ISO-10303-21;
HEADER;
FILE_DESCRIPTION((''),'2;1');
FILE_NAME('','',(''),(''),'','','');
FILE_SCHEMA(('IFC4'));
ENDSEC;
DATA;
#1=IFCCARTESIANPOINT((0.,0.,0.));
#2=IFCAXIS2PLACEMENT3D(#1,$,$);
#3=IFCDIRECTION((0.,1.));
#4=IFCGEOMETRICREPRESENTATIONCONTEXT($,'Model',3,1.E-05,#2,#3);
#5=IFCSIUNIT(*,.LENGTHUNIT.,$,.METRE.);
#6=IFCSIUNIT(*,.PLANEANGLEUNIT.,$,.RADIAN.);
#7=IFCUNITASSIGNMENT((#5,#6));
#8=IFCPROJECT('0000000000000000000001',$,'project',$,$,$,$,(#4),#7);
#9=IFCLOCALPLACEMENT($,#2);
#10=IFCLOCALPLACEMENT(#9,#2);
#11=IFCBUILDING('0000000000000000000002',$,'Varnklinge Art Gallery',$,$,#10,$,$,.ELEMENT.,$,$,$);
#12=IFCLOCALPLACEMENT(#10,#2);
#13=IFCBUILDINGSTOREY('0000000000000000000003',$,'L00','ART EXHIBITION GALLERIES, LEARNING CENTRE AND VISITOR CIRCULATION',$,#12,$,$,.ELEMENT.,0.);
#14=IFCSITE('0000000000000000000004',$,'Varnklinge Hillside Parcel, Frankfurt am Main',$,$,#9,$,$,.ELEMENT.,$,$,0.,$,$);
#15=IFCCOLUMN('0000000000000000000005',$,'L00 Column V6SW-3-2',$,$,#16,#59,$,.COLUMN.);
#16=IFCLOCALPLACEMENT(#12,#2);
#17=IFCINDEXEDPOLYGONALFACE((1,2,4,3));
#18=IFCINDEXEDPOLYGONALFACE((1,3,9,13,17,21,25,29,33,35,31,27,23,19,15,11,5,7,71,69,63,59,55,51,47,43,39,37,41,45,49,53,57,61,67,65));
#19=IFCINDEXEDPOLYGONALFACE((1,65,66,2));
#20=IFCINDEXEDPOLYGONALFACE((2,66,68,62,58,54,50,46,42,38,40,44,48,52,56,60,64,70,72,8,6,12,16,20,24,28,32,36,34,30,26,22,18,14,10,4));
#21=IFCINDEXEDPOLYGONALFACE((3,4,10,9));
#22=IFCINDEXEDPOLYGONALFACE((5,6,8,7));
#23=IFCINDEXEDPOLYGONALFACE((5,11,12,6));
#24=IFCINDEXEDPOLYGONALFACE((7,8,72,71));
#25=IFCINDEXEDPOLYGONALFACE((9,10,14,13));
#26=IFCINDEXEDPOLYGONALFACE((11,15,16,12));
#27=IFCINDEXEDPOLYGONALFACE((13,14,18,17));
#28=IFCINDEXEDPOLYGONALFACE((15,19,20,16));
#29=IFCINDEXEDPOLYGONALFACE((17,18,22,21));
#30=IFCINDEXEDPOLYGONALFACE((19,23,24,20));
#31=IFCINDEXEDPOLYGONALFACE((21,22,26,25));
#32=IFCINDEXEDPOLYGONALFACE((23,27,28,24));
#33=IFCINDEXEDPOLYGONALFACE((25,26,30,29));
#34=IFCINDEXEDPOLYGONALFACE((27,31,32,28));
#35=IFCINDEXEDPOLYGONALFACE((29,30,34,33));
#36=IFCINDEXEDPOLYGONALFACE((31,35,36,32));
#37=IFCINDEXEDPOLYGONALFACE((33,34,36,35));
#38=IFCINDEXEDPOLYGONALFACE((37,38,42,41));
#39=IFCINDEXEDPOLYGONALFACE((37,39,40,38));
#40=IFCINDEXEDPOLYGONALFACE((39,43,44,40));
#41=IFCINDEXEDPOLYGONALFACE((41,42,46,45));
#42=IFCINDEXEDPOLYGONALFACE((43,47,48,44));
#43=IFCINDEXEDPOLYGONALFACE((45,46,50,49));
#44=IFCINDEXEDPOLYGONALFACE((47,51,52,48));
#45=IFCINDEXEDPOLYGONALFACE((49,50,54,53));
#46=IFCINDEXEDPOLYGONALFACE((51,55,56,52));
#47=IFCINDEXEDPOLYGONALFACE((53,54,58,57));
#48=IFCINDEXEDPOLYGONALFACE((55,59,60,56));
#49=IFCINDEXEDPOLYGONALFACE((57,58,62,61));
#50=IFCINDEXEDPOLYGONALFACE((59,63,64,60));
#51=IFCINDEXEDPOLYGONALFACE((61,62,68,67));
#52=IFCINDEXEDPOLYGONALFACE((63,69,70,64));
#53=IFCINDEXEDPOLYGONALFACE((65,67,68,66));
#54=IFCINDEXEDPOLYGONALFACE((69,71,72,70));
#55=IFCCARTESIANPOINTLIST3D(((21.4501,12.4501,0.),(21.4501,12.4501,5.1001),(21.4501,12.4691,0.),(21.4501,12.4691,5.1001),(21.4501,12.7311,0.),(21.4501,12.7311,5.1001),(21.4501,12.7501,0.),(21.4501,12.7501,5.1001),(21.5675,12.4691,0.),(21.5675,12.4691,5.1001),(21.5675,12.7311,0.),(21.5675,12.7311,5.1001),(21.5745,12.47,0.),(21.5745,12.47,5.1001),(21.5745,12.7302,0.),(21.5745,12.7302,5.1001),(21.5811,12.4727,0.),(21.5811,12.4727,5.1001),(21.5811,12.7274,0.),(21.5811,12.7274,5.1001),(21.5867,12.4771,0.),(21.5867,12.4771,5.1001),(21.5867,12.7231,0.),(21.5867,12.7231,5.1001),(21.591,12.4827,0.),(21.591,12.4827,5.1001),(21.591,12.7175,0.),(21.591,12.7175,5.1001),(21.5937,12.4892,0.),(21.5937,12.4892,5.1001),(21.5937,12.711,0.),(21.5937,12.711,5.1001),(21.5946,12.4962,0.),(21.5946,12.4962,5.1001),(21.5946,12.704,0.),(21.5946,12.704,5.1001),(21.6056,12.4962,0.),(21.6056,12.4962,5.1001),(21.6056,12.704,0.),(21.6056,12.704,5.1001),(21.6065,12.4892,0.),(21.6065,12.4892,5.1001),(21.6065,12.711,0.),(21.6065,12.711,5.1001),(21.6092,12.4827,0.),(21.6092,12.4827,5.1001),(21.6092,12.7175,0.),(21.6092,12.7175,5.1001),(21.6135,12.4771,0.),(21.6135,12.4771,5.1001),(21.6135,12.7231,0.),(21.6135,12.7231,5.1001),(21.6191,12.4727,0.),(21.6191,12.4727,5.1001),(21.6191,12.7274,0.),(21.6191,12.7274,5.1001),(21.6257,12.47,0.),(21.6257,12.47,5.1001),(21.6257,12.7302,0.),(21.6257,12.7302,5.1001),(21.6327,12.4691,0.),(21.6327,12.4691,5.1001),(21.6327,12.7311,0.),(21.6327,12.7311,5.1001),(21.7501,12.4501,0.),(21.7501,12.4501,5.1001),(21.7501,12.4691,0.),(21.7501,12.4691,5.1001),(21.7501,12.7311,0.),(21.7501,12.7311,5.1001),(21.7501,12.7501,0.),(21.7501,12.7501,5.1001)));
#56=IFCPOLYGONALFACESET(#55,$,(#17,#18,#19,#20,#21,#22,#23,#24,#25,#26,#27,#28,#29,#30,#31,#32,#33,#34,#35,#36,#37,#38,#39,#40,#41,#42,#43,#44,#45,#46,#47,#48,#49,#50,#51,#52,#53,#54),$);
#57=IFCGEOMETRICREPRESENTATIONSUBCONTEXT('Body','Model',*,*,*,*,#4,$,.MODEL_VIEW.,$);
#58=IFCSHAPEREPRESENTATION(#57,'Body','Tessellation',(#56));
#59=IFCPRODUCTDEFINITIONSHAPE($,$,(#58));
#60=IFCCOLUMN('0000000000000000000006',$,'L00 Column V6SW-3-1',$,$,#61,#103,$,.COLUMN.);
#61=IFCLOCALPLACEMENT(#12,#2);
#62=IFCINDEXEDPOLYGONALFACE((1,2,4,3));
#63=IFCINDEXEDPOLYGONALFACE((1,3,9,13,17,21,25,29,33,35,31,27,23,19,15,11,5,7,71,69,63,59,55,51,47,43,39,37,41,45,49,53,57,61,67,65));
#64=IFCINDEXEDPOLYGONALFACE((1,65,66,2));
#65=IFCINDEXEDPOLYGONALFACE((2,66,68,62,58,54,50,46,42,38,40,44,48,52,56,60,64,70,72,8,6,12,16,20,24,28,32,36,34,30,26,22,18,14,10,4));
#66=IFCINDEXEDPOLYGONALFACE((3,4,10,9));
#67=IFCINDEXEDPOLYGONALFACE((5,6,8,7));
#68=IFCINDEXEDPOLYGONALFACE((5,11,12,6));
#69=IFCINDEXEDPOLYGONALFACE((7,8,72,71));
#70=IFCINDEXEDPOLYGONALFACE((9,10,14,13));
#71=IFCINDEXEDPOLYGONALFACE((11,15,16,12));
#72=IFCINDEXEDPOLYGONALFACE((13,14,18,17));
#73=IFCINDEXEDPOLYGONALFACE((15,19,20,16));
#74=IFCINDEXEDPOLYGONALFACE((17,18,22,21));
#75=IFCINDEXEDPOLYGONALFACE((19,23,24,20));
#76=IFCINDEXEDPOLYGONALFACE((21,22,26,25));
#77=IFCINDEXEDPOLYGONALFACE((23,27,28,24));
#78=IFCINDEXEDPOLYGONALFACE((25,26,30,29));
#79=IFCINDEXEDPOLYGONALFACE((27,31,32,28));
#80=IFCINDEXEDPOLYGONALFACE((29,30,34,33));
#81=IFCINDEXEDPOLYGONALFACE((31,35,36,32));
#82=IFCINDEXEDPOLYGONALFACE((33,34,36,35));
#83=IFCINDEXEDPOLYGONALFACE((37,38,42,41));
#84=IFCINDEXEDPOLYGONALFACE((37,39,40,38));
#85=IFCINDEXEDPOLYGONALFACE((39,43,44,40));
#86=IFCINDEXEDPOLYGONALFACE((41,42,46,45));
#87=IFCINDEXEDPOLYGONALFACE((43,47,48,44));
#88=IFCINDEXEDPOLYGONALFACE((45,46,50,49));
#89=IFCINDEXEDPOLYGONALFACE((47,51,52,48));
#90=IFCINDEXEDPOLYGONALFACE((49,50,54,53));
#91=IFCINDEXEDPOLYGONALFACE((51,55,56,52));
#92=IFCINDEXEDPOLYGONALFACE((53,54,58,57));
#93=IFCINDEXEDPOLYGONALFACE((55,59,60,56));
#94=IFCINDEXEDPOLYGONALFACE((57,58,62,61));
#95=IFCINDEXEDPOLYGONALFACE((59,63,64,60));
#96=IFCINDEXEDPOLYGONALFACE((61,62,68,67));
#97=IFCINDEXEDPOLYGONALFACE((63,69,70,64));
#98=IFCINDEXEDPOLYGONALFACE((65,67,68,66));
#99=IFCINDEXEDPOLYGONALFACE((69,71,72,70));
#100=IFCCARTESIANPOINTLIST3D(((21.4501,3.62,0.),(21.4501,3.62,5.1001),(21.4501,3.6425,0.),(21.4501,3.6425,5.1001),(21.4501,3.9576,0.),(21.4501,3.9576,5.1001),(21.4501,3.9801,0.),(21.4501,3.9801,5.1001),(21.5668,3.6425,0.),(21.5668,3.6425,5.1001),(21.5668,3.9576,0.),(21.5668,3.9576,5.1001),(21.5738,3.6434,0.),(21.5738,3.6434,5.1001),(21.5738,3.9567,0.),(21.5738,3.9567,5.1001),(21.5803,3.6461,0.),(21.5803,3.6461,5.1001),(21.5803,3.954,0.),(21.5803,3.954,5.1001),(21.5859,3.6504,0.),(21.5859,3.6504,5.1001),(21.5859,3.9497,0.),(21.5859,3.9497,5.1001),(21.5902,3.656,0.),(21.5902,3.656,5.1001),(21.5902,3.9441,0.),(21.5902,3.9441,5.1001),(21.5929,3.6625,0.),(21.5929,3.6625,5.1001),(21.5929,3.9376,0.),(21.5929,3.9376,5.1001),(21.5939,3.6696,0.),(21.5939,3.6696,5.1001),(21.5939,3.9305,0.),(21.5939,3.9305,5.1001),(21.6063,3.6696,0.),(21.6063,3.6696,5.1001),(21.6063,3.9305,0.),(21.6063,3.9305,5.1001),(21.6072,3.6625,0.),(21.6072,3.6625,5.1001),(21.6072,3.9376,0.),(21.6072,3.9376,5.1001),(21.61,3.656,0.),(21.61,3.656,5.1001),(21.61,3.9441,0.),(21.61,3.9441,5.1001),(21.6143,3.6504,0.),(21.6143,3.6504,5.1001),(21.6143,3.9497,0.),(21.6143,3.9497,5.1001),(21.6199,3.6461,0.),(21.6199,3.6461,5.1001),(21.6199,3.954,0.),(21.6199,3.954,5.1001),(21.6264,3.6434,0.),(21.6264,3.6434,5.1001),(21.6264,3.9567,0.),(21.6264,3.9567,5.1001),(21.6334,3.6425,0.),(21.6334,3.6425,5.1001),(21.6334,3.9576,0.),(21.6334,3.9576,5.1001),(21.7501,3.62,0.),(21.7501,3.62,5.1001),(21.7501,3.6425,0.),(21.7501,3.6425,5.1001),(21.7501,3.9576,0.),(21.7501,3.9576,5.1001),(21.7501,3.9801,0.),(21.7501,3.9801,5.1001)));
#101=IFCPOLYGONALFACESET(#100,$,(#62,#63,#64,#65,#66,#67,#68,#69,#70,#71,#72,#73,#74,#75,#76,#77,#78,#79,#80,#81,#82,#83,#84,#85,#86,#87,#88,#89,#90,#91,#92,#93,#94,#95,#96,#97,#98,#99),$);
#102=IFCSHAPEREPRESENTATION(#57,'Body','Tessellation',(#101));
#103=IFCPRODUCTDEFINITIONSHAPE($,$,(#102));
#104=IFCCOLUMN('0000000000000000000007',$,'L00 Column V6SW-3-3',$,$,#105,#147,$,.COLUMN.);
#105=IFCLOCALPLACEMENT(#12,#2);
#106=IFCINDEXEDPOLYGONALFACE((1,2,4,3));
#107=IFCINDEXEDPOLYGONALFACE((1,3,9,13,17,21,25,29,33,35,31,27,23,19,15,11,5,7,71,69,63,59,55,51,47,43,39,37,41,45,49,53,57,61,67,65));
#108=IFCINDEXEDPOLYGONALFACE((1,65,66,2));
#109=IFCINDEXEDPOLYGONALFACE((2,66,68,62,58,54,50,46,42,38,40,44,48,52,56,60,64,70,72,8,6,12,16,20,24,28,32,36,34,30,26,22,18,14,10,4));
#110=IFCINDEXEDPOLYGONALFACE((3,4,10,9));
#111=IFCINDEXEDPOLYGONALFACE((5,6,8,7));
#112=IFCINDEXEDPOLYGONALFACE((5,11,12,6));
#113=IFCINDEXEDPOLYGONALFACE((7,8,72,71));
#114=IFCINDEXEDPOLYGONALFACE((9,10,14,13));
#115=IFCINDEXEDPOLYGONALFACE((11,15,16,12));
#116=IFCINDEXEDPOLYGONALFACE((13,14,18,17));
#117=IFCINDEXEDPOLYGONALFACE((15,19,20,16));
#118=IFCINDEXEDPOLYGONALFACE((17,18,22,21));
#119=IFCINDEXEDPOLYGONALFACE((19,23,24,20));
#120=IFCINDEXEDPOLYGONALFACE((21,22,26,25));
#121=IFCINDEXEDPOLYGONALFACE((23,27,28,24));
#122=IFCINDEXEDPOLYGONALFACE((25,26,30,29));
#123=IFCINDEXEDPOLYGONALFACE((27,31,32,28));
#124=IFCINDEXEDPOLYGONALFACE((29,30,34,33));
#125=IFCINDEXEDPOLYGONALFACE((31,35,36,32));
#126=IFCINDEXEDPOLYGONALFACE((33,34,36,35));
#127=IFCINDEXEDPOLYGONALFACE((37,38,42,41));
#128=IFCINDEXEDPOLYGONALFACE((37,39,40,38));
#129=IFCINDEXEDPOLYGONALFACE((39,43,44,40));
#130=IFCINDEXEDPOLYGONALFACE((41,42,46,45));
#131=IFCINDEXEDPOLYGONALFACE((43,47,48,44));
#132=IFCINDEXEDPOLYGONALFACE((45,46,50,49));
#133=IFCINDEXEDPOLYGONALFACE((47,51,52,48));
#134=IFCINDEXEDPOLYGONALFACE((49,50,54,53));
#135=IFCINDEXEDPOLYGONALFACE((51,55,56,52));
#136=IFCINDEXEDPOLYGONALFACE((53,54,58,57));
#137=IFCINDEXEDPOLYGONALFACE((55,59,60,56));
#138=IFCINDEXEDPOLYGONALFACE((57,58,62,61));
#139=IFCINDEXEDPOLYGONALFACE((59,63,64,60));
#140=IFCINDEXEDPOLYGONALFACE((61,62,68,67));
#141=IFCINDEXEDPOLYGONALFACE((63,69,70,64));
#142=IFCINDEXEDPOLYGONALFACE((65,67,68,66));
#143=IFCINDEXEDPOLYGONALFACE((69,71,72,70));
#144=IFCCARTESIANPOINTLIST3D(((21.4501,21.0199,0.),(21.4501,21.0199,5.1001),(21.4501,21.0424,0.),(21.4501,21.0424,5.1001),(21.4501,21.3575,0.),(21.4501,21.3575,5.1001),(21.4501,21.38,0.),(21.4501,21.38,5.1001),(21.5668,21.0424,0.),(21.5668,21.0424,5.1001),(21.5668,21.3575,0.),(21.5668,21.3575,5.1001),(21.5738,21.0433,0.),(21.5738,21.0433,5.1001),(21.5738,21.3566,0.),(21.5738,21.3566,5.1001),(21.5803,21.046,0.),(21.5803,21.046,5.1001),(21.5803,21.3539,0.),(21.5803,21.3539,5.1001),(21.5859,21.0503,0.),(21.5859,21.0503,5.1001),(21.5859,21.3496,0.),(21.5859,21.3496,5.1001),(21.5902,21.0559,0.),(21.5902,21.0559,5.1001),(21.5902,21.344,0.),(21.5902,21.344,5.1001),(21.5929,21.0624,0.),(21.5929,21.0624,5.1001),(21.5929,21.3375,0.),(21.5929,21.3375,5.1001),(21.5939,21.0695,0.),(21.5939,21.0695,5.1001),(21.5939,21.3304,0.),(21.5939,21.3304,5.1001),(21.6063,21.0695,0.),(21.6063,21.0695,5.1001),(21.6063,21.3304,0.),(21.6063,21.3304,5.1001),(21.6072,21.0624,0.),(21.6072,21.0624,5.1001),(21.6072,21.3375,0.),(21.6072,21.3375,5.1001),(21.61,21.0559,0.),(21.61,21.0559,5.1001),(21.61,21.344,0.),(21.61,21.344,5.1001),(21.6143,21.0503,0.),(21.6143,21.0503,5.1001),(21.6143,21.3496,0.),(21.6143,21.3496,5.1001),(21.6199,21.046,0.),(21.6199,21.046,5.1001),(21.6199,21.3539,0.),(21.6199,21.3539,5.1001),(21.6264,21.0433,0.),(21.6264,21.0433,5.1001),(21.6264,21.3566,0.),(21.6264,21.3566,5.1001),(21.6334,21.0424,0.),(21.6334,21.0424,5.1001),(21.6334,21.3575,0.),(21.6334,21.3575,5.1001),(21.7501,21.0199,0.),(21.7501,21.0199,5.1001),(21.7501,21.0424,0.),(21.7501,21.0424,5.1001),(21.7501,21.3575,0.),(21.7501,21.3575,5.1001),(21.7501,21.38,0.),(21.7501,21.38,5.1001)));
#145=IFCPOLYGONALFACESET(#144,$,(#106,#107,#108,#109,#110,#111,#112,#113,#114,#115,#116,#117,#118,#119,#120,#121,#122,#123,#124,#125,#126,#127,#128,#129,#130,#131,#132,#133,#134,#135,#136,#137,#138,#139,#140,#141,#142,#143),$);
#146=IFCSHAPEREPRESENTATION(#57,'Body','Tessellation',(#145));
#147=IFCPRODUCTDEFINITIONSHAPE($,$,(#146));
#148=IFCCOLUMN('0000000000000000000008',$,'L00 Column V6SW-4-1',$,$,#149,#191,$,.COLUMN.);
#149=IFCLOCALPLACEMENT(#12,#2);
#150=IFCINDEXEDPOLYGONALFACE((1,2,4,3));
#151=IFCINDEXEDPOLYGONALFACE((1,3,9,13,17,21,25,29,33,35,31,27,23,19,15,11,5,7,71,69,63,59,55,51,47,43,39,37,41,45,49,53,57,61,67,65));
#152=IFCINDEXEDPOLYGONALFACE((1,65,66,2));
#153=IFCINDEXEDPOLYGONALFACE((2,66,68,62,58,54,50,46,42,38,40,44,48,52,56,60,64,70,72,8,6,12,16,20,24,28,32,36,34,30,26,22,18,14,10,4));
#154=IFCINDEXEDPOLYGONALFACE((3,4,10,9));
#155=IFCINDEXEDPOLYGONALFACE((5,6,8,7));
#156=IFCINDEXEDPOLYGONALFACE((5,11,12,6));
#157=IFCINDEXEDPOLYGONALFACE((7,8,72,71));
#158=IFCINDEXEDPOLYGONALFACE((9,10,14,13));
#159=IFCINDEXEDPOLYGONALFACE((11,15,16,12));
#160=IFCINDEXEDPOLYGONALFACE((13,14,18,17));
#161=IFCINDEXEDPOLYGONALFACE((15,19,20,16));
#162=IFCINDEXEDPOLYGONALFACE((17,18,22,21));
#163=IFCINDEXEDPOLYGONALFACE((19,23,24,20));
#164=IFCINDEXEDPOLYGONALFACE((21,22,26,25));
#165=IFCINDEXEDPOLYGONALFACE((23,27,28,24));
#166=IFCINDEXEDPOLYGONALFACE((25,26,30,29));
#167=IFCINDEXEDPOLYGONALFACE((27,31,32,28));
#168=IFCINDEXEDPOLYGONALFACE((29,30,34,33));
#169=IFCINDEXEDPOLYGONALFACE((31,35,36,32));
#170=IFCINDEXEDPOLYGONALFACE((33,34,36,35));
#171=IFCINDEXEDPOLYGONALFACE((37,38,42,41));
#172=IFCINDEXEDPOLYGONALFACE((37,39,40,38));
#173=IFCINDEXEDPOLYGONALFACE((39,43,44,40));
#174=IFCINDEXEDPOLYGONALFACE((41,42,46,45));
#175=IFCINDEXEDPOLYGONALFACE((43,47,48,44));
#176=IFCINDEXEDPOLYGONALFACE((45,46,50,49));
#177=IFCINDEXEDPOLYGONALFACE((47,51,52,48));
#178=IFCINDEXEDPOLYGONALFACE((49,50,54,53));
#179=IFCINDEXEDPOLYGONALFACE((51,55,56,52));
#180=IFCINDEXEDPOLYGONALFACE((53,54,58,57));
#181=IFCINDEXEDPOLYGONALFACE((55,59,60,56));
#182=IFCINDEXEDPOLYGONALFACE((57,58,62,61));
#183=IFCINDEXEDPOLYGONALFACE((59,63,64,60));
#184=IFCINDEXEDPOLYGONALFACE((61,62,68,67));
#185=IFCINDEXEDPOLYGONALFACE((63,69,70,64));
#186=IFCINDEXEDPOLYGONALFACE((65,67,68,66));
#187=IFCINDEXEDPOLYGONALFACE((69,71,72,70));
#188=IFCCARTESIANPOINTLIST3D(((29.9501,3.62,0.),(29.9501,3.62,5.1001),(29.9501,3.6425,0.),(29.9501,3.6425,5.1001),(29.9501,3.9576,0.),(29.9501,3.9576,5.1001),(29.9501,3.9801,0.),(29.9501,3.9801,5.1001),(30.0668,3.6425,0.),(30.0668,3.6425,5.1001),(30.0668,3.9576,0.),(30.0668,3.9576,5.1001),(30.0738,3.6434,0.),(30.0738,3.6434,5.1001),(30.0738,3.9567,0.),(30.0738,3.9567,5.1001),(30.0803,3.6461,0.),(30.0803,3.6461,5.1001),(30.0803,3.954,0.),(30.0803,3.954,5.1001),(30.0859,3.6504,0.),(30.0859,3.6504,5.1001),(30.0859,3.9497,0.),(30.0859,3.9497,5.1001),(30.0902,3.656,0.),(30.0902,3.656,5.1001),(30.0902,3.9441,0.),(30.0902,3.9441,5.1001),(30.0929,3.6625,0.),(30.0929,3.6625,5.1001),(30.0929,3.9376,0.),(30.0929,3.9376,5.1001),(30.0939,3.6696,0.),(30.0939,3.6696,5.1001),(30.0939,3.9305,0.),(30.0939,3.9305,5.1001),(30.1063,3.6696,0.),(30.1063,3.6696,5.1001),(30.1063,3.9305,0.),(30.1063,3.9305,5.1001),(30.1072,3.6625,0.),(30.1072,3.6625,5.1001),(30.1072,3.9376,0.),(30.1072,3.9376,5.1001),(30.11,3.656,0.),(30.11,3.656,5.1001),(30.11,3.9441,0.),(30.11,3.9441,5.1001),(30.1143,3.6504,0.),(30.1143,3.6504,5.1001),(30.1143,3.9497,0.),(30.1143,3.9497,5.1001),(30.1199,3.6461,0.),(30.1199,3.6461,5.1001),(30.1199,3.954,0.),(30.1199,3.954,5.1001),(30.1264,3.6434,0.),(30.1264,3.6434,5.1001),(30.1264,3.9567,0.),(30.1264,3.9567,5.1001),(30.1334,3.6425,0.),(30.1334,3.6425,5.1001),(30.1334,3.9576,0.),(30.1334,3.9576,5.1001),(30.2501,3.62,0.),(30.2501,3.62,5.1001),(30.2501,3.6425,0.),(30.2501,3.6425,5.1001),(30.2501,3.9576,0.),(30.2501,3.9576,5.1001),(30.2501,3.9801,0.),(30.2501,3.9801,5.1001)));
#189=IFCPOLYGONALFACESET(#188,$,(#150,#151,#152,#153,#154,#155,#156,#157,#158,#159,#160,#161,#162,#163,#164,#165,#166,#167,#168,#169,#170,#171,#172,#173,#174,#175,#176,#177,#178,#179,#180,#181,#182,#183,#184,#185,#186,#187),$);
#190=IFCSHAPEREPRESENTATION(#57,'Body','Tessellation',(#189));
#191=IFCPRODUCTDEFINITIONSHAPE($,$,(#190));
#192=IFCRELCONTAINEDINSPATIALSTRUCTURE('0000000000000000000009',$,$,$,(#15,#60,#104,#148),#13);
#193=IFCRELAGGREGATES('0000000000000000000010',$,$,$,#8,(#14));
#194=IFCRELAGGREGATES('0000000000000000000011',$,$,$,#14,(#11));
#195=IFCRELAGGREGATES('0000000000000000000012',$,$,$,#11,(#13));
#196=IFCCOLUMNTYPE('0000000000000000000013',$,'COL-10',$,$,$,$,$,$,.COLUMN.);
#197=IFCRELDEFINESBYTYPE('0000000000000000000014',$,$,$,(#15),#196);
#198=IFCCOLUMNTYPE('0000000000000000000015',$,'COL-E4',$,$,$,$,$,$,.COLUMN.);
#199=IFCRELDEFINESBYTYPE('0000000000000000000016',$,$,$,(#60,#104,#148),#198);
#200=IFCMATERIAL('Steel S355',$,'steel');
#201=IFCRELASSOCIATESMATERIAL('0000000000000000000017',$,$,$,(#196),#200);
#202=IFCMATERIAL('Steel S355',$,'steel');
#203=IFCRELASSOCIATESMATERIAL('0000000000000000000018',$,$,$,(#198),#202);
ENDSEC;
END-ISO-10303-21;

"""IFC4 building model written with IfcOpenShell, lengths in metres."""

from ifc_helpers import new_model, si_unit, direction, frame, origin, origin_2d, place, context, subcontext, project, spatial, i_section, extrude, material, material_profile, profile_set, type_object, element, save


model = new_model("IFC4")

# Units and contexts
model_context = context("Model", 3, precision=1e-05, world=origin(), true_north=direction((0.0, 1.0)))
body_context = subcontext(model_context, "Body", "Model", "MODEL_VIEW")
ifc_project = project(units=[si_unit("LENGTHUNIT", "METRE"), si_unit("PLANEANGLEUNIT", "RADIAN")], contexts=[model_context])

# Site, building, storey
site_placement = place(None, origin())
site = spatial("IfcSite", under=ifc_project, at=site_placement, Name="Varnklinge Hillside Parcel, Frankfurt am Main", CompositionType="ELEMENT", RefElevation=0.0)
building_placement = place(site_placement, origin())
building = spatial("IfcBuilding", under=site, at=building_placement, Name="Varnklinge Art Gallery", CompositionType="ELEMENT")
storey_placement = place(building_placement, origin())
storey = spatial("IfcBuildingStorey", under=building, at=storey_placement, Name="L00", Description="ART EXHIBITION GALLERIES, LEARNING CENTRE AND VISITOR CIRCULATION", CompositionType="ELEMENT", Elevation=0.0)

# Columns
ifc_material_1 = material(Name="Steel S355", Category="steel")
ifc_material_profile_1 = material_profile(ifc_material_1, i_section(OverallWidth=0.3, OverallDepth=0.3, WebThickness=0.011, FlangeThickness=0.019, FilletRadius=0.0271, at=origin_2d()), Name="HEB 300")
ifc_profile_set_1 = profile_set([ifc_material_profile_1], Name="Steel S355")
column_type_1 = type_object("IfcColumnType", Name="COL-10", PredefinedType="COLUMN", material=ifc_profile_set_1)
column_placement = place(storey_placement, frame((21.6001, 12.6001, 0.0), z_axis=(0.0, 0.0, 1.0), x_axis=(1.0, 0.0, 0.0)))
element("IfcColumn", 1, at=column_placement, inside=storey, type_object=column_type_1, Name="L00 Column V6SW-3-2", PredefinedType="COLUMN", context=body_context, shape_type="SweptSolid", body=[
    extrude(i_section(OverallWidth=0.3, OverallDepth=0.3, WebThickness=0.011, FlangeThickness=0.019, FilletRadius=0.0271, at=origin_2d()), origin(), (0.0, 0.0, 1.0), 5.1001),
])
ifc_material_2 = material(Name="Steel S355", Category="steel")
ifc_material_profile_2 = material_profile(ifc_material_2, i_section(OverallWidth=0.3, OverallDepth=0.3601, WebThickness=0.0125, FlangeThickness=0.0225, FilletRadius=0.0271, at=origin_2d()), Name="HEB 360")
ifc_profile_set_2 = profile_set([ifc_material_profile_2], Name="Steel S355")
column_type_2 = type_object("IfcColumnType", Name="COL-E4", PredefinedType="COLUMN", material=ifc_profile_set_2)
for number, where, z_axis, x_axis, name in (
    (2, (21.6001, 3.8, 0.0), (0.0, 0.0, 1.0), (1.0, 0.0, 0.0), "L00 Column V6SW-3-1"),
    (3, (21.6001, 21.2, 0.0), (0.0, 0.0, 1.0), (1.0, 0.0, 0.0), "L00 Column V6SW-3-3"),
    (4, (30.1001, 3.8, 0.0), (0.0, 0.0, 1.0), (1.0, 0.0, 0.0), "L00 Column V6SW-4-1"),
):
    element("IfcColumn", number, at=place(storey_placement, frame(where, z_axis=z_axis, x_axis=x_axis)), inside=storey, type_object=column_type_2, Name=name, PredefinedType="COLUMN", context=body_context, shape_type="SweptSolid", body=[
        extrude(i_section(OverallWidth=0.3, OverallDepth=0.3601, WebThickness=0.0125, FlangeThickness=0.0225, FilletRadius=0.0271, at=origin_2d()), origin(), (0.0, 0.0, 1.0), 5.1001),
    ])

save(model, "model.ifc")
